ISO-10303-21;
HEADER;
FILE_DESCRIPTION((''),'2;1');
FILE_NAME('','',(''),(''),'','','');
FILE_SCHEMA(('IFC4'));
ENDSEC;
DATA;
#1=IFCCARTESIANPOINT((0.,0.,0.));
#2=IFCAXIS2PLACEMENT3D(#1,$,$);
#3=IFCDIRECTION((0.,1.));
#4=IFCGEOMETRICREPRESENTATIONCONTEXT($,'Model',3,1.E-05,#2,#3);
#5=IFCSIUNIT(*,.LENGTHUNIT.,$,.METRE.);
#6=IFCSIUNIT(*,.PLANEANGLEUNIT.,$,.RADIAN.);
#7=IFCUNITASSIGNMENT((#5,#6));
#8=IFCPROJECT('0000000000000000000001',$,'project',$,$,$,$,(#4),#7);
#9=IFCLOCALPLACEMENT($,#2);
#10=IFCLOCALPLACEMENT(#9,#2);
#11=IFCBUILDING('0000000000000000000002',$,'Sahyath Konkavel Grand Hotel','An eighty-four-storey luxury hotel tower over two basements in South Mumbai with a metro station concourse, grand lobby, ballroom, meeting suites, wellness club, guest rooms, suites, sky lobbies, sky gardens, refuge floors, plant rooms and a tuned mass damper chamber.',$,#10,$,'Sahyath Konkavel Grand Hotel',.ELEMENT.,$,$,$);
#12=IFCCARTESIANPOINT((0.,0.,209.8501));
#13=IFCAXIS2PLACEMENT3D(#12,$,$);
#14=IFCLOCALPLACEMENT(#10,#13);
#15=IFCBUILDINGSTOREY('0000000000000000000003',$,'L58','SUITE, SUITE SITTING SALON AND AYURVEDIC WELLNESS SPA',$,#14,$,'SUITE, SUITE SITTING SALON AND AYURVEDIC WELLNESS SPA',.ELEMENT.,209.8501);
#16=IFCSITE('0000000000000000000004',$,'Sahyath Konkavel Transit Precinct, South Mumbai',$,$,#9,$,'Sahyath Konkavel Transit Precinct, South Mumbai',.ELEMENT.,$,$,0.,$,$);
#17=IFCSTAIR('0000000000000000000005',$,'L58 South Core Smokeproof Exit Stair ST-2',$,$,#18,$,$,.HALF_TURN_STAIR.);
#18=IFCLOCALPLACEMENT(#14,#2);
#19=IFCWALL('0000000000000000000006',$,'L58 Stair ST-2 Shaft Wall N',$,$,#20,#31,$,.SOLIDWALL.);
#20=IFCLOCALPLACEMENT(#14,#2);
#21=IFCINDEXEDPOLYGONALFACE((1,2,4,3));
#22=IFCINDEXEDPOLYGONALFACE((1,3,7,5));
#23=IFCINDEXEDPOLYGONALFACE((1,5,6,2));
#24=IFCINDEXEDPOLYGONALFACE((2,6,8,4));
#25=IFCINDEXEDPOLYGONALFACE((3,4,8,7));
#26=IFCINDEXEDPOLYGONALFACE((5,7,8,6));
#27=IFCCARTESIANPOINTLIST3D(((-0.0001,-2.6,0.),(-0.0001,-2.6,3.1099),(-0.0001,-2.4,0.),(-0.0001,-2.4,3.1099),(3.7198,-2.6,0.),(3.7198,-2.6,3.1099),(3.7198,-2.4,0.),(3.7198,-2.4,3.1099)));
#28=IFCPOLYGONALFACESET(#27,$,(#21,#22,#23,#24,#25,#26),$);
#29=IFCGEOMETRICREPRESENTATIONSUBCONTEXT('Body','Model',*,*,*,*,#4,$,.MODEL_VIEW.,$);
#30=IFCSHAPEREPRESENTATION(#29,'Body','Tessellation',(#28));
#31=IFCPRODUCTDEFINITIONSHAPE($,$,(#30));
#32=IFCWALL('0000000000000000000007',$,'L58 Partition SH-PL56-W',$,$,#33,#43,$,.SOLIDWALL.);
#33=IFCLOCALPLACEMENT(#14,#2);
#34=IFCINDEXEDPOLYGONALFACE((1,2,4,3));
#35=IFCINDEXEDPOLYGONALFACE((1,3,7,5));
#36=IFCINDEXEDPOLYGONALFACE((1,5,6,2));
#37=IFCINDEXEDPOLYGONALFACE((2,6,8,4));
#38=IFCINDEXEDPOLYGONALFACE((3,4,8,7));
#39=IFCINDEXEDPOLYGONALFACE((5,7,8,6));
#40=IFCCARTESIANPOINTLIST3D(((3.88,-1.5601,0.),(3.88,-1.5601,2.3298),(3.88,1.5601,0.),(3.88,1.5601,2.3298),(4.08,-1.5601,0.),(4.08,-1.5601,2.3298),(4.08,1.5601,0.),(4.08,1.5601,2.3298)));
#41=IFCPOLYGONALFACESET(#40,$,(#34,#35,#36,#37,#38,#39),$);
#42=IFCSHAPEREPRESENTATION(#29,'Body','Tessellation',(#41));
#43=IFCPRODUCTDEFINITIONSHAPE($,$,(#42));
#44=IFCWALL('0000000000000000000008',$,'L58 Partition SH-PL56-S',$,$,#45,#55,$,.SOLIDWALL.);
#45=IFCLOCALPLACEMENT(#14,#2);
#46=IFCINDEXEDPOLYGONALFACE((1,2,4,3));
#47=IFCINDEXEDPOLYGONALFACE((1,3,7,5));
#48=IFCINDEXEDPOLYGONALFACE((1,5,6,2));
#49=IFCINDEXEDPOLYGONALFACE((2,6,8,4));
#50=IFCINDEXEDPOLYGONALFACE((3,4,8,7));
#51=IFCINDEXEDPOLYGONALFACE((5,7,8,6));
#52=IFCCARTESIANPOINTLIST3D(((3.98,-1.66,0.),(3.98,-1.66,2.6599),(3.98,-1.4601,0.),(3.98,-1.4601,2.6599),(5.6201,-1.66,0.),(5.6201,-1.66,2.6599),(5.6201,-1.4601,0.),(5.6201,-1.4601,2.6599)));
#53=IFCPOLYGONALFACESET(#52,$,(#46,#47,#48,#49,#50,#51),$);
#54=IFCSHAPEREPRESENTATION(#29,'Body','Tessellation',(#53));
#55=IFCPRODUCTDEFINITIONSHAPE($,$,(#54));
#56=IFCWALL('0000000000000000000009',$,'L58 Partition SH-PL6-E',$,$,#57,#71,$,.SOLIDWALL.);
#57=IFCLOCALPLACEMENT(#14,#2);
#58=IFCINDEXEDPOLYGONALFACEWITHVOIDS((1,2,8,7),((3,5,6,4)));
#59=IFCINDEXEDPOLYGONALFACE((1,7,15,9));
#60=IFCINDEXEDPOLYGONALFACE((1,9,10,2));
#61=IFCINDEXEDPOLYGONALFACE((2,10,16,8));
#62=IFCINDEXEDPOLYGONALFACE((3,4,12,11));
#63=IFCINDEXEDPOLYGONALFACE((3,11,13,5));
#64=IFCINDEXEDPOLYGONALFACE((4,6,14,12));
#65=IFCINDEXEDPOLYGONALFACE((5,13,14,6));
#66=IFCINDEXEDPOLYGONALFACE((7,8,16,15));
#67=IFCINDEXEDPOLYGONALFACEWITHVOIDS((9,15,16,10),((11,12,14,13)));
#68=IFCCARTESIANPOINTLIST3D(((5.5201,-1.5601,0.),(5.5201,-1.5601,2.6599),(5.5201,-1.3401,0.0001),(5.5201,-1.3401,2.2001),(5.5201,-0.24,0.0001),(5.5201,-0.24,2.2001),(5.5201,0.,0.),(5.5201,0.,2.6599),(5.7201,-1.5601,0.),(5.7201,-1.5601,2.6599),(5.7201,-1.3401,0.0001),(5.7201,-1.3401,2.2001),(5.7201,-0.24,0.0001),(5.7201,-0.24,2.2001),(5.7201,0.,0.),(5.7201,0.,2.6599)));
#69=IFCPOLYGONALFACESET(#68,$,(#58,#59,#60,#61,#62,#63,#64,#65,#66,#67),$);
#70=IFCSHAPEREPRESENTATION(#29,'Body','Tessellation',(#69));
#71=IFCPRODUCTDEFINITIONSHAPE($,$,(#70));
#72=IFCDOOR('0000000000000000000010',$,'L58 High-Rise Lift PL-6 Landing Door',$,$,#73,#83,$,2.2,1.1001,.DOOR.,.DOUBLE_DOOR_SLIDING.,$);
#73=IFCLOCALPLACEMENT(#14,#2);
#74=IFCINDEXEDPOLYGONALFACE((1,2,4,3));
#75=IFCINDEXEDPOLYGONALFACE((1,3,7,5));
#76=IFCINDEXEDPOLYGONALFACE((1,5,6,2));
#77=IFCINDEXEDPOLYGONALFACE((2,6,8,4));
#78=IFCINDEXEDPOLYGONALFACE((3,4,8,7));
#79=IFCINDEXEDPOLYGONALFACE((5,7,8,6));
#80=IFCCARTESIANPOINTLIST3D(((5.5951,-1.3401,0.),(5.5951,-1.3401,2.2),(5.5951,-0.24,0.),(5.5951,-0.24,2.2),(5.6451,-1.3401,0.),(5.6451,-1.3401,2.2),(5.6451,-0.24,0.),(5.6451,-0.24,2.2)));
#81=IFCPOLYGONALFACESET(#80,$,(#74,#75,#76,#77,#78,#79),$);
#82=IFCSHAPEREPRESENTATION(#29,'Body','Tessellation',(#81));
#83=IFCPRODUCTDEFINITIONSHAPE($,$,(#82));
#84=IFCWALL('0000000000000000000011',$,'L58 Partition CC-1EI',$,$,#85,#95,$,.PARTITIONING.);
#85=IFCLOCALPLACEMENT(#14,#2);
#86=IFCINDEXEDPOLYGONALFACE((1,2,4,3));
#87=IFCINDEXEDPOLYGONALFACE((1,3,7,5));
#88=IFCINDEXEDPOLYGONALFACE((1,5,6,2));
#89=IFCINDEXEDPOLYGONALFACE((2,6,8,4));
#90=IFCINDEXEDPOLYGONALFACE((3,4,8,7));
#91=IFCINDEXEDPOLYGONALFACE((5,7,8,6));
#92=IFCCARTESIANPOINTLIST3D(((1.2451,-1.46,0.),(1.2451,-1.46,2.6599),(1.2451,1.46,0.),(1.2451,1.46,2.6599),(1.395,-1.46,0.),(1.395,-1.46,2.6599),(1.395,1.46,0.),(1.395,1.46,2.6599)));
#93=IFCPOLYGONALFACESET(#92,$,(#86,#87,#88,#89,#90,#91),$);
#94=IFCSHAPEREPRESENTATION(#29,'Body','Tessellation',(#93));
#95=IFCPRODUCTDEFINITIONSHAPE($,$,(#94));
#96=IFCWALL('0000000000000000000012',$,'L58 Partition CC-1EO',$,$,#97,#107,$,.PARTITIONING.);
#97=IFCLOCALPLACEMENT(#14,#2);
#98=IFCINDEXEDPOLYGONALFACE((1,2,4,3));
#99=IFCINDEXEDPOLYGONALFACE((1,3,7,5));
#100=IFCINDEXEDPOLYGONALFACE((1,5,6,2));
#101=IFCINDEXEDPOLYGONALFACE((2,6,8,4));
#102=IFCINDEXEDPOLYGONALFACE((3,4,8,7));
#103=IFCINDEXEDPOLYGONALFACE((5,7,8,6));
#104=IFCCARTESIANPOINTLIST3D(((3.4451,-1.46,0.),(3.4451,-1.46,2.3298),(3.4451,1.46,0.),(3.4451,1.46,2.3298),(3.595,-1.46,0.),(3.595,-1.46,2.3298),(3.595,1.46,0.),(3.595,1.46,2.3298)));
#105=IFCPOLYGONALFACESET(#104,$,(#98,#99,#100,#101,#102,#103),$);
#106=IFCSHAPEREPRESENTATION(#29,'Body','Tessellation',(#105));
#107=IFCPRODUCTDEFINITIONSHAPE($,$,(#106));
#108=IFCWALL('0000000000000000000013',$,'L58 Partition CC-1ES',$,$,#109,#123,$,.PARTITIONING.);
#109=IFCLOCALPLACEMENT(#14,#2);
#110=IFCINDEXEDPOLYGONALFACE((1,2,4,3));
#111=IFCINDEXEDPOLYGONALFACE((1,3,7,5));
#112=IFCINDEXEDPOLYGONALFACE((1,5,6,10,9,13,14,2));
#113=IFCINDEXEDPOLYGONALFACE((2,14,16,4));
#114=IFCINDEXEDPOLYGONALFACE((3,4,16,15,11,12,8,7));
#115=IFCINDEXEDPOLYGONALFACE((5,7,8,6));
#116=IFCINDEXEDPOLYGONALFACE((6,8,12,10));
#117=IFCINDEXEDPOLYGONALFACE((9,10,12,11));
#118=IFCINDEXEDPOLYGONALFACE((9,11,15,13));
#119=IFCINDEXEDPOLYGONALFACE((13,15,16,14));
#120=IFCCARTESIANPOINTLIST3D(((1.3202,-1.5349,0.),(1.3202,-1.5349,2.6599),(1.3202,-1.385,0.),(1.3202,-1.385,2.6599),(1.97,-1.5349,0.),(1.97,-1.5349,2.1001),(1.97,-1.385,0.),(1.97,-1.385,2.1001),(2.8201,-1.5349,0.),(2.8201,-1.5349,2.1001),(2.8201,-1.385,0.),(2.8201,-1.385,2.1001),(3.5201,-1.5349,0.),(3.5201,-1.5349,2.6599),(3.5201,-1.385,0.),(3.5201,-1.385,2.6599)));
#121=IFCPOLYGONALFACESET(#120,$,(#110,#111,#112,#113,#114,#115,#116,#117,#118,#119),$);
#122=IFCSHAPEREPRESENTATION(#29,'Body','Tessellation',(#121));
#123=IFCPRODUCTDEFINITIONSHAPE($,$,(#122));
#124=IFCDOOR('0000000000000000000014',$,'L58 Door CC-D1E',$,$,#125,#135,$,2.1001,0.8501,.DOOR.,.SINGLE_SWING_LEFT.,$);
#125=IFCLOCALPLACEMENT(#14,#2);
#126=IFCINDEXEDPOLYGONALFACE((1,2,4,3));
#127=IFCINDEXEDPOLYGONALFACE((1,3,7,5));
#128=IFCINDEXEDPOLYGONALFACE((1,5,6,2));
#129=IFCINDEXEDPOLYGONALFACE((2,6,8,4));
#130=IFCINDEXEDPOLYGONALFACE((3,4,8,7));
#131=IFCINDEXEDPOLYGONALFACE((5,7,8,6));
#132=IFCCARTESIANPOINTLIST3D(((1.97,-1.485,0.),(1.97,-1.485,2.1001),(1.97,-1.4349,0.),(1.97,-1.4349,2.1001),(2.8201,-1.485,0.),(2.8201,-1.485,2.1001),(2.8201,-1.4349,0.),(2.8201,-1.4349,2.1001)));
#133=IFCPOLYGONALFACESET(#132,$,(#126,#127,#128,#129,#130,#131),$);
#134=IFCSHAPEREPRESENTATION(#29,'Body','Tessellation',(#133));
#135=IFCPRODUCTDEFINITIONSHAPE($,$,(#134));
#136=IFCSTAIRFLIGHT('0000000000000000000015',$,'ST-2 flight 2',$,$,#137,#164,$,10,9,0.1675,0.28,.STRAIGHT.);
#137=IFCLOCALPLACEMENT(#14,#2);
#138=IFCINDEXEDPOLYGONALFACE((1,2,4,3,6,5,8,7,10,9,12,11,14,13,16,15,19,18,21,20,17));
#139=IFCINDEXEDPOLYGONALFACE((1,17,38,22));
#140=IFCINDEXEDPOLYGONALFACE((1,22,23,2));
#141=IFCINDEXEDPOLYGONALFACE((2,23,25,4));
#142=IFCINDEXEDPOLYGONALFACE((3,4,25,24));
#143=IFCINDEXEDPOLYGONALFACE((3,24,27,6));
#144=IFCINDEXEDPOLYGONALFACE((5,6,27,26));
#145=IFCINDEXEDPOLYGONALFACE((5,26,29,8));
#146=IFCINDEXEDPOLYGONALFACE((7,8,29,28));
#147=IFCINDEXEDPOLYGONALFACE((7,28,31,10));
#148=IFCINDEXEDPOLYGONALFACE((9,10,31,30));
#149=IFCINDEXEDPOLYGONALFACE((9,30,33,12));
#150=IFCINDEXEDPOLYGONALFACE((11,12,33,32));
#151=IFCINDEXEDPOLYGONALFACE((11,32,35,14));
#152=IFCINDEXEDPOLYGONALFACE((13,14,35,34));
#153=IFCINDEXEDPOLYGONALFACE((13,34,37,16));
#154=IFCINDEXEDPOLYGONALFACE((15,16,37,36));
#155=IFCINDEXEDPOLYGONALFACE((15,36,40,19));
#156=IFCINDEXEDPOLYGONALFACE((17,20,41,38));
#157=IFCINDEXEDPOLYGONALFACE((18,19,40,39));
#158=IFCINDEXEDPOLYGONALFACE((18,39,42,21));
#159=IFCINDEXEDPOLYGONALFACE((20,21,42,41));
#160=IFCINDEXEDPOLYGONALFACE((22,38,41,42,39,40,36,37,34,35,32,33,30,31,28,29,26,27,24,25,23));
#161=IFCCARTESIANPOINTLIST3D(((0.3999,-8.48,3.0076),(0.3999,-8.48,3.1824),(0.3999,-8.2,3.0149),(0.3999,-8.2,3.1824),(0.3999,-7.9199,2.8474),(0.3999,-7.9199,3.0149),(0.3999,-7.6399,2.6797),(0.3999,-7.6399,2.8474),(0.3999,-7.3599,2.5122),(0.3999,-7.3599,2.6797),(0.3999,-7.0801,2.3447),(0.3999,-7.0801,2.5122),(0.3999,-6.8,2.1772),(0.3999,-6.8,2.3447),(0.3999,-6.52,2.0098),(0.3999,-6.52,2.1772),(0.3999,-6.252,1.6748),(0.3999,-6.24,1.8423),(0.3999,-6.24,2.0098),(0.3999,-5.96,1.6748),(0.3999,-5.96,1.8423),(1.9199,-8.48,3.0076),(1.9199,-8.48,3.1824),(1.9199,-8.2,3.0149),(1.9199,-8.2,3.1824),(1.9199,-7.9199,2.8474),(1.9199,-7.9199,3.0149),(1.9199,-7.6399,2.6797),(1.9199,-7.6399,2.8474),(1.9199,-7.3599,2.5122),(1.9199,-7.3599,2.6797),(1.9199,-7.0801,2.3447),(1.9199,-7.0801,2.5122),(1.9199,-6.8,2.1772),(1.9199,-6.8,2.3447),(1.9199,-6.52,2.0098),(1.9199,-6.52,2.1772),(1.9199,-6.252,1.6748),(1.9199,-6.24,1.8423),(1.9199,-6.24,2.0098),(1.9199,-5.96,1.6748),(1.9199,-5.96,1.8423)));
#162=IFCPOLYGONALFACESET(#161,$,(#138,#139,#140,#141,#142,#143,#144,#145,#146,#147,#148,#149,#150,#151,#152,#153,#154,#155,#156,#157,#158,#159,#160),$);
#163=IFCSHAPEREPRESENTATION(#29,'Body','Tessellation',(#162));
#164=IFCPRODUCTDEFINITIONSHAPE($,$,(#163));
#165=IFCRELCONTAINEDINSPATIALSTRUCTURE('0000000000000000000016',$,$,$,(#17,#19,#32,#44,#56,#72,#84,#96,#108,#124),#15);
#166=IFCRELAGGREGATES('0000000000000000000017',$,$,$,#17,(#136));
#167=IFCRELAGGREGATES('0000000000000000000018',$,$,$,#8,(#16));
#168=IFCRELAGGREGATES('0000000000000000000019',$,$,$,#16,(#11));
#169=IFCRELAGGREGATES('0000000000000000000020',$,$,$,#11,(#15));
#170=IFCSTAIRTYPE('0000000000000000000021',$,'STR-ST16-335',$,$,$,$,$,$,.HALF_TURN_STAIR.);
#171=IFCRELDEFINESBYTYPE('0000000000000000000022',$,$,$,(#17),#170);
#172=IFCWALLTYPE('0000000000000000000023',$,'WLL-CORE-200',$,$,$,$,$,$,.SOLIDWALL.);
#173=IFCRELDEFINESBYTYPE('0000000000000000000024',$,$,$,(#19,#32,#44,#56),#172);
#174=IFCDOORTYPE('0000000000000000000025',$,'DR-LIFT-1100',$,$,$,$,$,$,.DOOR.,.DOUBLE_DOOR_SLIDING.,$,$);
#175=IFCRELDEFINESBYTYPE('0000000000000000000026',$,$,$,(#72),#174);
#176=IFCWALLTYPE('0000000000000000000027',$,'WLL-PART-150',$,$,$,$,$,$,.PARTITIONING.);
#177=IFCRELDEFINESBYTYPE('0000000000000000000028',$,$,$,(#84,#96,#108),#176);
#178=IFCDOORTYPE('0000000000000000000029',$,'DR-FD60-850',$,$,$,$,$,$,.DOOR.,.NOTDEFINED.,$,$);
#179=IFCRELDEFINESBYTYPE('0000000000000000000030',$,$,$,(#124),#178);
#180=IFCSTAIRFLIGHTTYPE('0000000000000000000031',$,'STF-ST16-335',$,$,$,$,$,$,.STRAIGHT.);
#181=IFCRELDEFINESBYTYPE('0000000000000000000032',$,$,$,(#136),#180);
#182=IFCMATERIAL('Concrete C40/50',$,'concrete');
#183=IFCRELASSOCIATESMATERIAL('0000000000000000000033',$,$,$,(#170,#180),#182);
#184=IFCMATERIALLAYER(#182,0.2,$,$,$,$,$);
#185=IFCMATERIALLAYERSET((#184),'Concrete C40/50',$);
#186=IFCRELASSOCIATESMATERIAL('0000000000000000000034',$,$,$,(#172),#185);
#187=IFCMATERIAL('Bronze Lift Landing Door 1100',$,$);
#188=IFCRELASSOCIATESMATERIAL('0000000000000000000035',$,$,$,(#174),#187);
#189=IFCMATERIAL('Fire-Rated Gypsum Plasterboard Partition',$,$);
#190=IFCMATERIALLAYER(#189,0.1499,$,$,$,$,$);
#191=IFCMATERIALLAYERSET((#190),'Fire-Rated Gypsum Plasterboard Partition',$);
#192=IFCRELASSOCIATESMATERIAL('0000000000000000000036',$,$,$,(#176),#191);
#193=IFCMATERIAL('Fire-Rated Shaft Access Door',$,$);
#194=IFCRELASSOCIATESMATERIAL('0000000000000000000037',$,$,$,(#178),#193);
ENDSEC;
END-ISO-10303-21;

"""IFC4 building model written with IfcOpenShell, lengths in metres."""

from ifc_helpers import new_model, si_unit, direction, frame, frame_2d, origin, origin_2d, place, context, subcontext, project, spatial, polyline, rectangle, outline, extrude, source, transform, mapped, material, layer, layer_set, type_object, element, fill, aggregate, save


model = new_model("IFC4")

# Units and contexts
model_context = context("Model", 3, precision=1e-05, world=origin(), true_north=direction((0.0, 1.0)))
body_context = subcontext(model_context, "Body", "Model", "MODEL_VIEW")
ifc_project = project(units=[si_unit("LENGTHUNIT", "METRE"), si_unit("PLANEANGLEUNIT", "RADIAN")], contexts=[model_context])

# Site, building, storey
site_placement = place(None, origin())
site = spatial("IfcSite", under=ifc_project, at=site_placement, Name="Sahyath Konkavel Transit Precinct, South Mumbai", LongName="Sahyath Konkavel Transit Precinct, South Mumbai", CompositionType="ELEMENT", RefElevation=0.0)
building_placement = place(site_placement, origin())
building = spatial("IfcBuilding", under=site, at=building_placement, Name="Sahyath Konkavel Grand Hotel", Description="An eighty-four-storey luxury hotel tower over two basements in South Mumbai with a metro station concourse, grand lobby, ballroom, meeting suites, wellness club, guest rooms, suites, sky lobbies, sky gardens, refuge floors, plant rooms and a tuned mass damper chamber.", LongName="Sahyath Konkavel Grand Hotel", CompositionType="ELEMENT")
storey_placement = place(building_placement, frame((0.0, 0.0, 209.8501)))
storey = spatial("IfcBuildingStorey", under=building, at=storey_placement, Name="L58", Description="SUITE, SUITE SITTING SALON AND AYURVEDIC WELLNESS SPA", LongName="SUITE, SUITE SITTING SALON AND AYURVEDIC WELLNESS SPA", CompositionType="ELEMENT", Elevation=209.8501)

# Shared definitions
ifc_material_1 = material(Name="Concrete C40/50", Category="concrete")

# Stair
stair_type = type_object("IfcStairType", Name="STR-ST16-335", PredefinedType="HALF_TURN_STAIR", material=ifc_material_1)
stair_1_placement = place(storey_placement, origin())
stair_1 = element("IfcStair", 1, at=stair_1_placement, inside=storey, type_object=stair_type, Name="L58 South Core Smokeproof Exit Stair ST-2", PredefinedType="HALF_TURN_STAIR")

# Walls
ifc_layer_1 = layer(ifc_material_1, 0.2)
ifc_layer_set_1 = layer_set([ifc_layer_1], Name="Concrete C40/50")
wall_type_1 = type_object("IfcWallType", Name="WLL-CORE-200", PredefinedType="SOLIDWALL", material=ifc_layer_set_1)
wall_1_placement = place(storey_placement, frame((0.0, -2.5, 0.0), z_axis=(0.0, 0.0, 1.0), x_axis=(1.0, 0.0, 0.0)))
element("IfcWall", 2, at=wall_1_placement, inside=storey, type_object=wall_type_1, Name="L58 Stair ST-2 Shaft Wall N", PredefinedType="SOLIDWALL", context=body_context, shape_type="SweptSolid", body=[
    extrude(rectangle(XDim=3.72, YDim=0.2, at=frame_2d((1.8599, 0.0))), origin(), (0.0, 0.0, 1.0), 3.1099),
])
wall_2_placement = place(storey_placement, frame((3.98, -1.5601, 0.0), z_axis=(0.0, 0.0, 1.0), x_axis=(0.0, 1.0, 0.0)))
element("IfcWall", 3, at=wall_2_placement, inside=storey, type_object=wall_type_1, Name="L58 Partition SH-PL56-W", PredefinedType="SOLIDWALL", context=body_context, shape_type="SweptSolid", body=[
    extrude(rectangle(XDim=3.1201, YDim=0.2, at=frame_2d((1.5601, 0.0))), origin(), (0.0, 0.0, 1.0), 2.3298),
])
wall_3_placement = place(storey_placement, frame((3.98, -1.5601, 0.0), z_axis=(0.0, 0.0, 1.0), x_axis=(1.0, 0.0, 0.0)))
element("IfcWall", 4, at=wall_3_placement, inside=storey, type_object=wall_type_1, Name="L58 Partition SH-PL56-S", PredefinedType="SOLIDWALL", context=body_context, shape_type="SweptSolid", body=[
    extrude(rectangle(XDim=1.6401, YDim=0.2, at=frame_2d((0.8201, 0.0))), origin(), (0.0, 0.0, 1.0), 2.6599),
])

# Wall, opening, door
wall_4_placement = place(storey_placement, frame((5.6201, -1.5601, 0.0), z_axis=(0.0, 0.0, 1.0), x_axis=(0.0, 1.0, 0.0)))
wall_4 = element("IfcWall", 5, at=wall_4_placement, inside=storey, type_object=wall_type_1, Name="L58 Partition SH-PL6-E", PredefinedType="SOLIDWALL", context=body_context, shape_type="SweptSolid", body=[
    extrude(rectangle(XDim=1.5601, YDim=0.2, at=frame_2d((0.78, 0.0))), origin(), (0.0, 0.0, 1.0), 2.6599),
])
opening_1_placement = place(wall_4_placement, frame((0.22, 0.0, 0.0)))
opening_1 = element("IfcOpeningElement", 6, at=opening_1_placement, cuts=wall_4, PredefinedType="OPENING", context=body_context, shape_type="SweptSolid", body=[
    extrude(rectangle(XDim=1.1001, YDim=2.2, at=frame_2d((0.55, 1.1001))), frame((0.0, 0.1099, 0.0), z_axis=(0.0, -1.0, 0.0), x_axis=(1.0, 0.0, 0.0)), (0.0, 0.0, 1.0), 0.22),
])
ifc_material_2 = material(Name="Bronze Lift Landing Door 1100")
door_type_1 = type_object("IfcDoorType", Name="DR-LIFT-1100", OperationType="DOUBLE_DOOR_SLIDING", PredefinedType="DOOR", material=ifc_material_2)
shared_shape_1 = source(origin(), body_context, "Body", "SweptSolid", [
    extrude(rectangle(XDim=1.1001, YDim=0.05, at=origin_2d()), origin(), (0.0, 0.0, 1.0), 2.2),
])
door_1_placement = place(opening_1_placement, frame((0.55, 0.0, 0.0)))
door_1 = element("IfcDoor", 7, at=door_1_placement, inside=storey, type_object=door_type_1, Name="L58 High-Rise Lift PL-6 Landing Door", OperationType="DOUBLE_DOOR_SLIDING", OverallHeight=2.2, OverallWidth=1.1001, PredefinedType="DOOR", context=body_context, shape_type="MappedRepresentation", body=[
    mapped(shared_shape_1, transform((0.0, 0.0, 0.0), scale=1.0)),
])
fill(opening_1, door_1)

# Walls
ifc_material_3 = material(Name="Fire-Rated Gypsum Plasterboard Partition")
ifc_layer_2 = layer(ifc_material_3, 0.1499)
ifc_layer_set_2 = layer_set([ifc_layer_2], Name="Fire-Rated Gypsum Plasterboard Partition")
wall_type_2 = type_object("IfcWallType", Name="WLL-PART-150", PredefinedType="PARTITIONING", material=ifc_layer_set_2)
wall_5_placement = place(storey_placement, frame((1.3201, -1.46, 0.0), z_axis=(0.0, 0.0, 1.0), x_axis=(0.0, 1.0, 0.0)))
element("IfcWall", 8, at=wall_5_placement, inside=storey, type_object=wall_type_2, Name="L58 Partition CC-1EI", PredefinedType="PARTITIONING", context=body_context, shape_type="SweptSolid", body=[
    extrude(rectangle(XDim=2.9199, YDim=0.1499, at=frame_2d((1.46, 0.0))), origin(), (0.0, 0.0, 1.0), 2.6599),
])
wall_6_placement = place(storey_placement, frame((3.52, -1.46, 0.0), z_axis=(0.0, 0.0, 1.0), x_axis=(0.0, 1.0, 0.0)))
element("IfcWall", 9, at=wall_6_placement, inside=storey, type_object=wall_type_2, Name="L58 Partition CC-1EO", PredefinedType="PARTITIONING", context=body_context, shape_type="SweptSolid", body=[
    extrude(rectangle(XDim=2.9199, YDim=0.1499, at=frame_2d((1.46, 0.0))), origin(), (0.0, 0.0, 1.0), 2.3298),
])

# Wall, opening, door
wall_7_placement = place(storey_placement, frame((1.3201, -1.46, 0.0), z_axis=(0.0, 0.0, 1.0), x_axis=(1.0, 0.0, 0.0)))
wall_7 = element("IfcWall", 10, at=wall_7_placement, inside=storey, type_object=wall_type_2, Name="L58 Partition CC-1ES", PredefinedType="PARTITIONING", context=body_context, shape_type="SweptSolid", body=[
    extrude(rectangle(XDim=2.2, YDim=0.1499, at=frame_2d((1.1001, 0.0))), origin(), (0.0, 0.0, 1.0), 2.6599),
])
opening_2_placement = place(wall_7_placement, frame((0.6499, 0.0, 0.0)))
opening_2 = element("IfcOpeningElement", 11, at=opening_2_placement, cuts=wall_7, PredefinedType="OPENING", context=body_context, shape_type="SweptSolid", body=[
    extrude(rectangle(XDim=0.8501, YDim=2.1001, at=frame_2d((0.425, 1.05))), frame((0.0, 0.085, 0.0), z_axis=(0.0, -1.0, 0.0), x_axis=(1.0, 0.0, 0.0)), (0.0, 0.0, 1.0), 0.1699),
])
ifc_material_4 = material(Name="Fire-Rated Shaft Access Door")
door_type_2 = type_object("IfcDoorType", Name="DR-FD60-850", OperationType="NOTDEFINED", PredefinedType="DOOR", material=ifc_material_4)
shared_shape_2 = source(origin(), body_context, "Body", "SweptSolid", [
    extrude(rectangle(XDim=0.8501, YDim=0.05, at=origin_2d()), origin(), (0.0, 0.0, 1.0), 2.1001),
])
door_2_placement = place(opening_2_placement, frame((0.425, 0.0, 0.0)))
door_2 = element("IfcDoor", 12, at=door_2_placement, inside=storey, type_object=door_type_2, Name="L58 Door CC-D1E", OperationType="SINGLE_SWING_LEFT", OverallHeight=2.1001, OverallWidth=0.8501, PredefinedType="DOOR", context=body_context, shape_type="MappedRepresentation", body=[
    mapped(shared_shape_2, transform((0.0, 0.0, 0.0), scale=1.0)),
])
fill(opening_2, door_2)

# Stair flight
stair_flight_type = type_object("IfcStairFlightType", Name="STF-ST16-335", PredefinedType="STRAIGHT", material=ifc_material_1)
stair_flight_placement = place(storey_placement, frame((1.1599, -5.96, 1.6748), z_axis=(0.0, 0.0, 1.0), x_axis=(0.0, -1.0, 0.0)))
stair_flight = element("IfcStairFlight", 13, at=stair_flight_placement, type_object=stair_flight_type, Name="ST-2 flight 2", NumberOfRisers=10, NumberOfTreads=9, PredefinedType="STRAIGHT", RiserHeight=0.1675, TreadLength=0.28, context=body_context, shape_type="SweptSolid", body=[
    extrude(outline(polyline([(0.0, 0.0), (0.0, 0.1675), (0.28, 0.1675), (0.28, 0.335), (0.5601, 0.335), (0.5601, 0.5024), (0.8401, 0.5024), (0.8401, 0.6699), (1.1201, 0.6699), (1.1201, 0.8374), (1.3999, 0.8374), (1.3999, 1.0049), (1.6799, 1.0049), (1.6799, 1.1726), (1.96, 1.1726), (1.96, 1.3401), (2.24, 1.3401), (2.24, 1.5076), (2.52, 1.5076), (2.52, 1.675), (2.52, 1.3328), (0.292, 0.0), (0.0, 0.0)])), frame((0.0, 0.76, 0.0), z_axis=(0.0, -1.0, 0.0), x_axis=(1.0, 0.0, 0.0)), (0.0, 0.0, 1.0), 1.52),
])
aggregate(stair_1, [stair_flight])

save(model, "model.ifc")
